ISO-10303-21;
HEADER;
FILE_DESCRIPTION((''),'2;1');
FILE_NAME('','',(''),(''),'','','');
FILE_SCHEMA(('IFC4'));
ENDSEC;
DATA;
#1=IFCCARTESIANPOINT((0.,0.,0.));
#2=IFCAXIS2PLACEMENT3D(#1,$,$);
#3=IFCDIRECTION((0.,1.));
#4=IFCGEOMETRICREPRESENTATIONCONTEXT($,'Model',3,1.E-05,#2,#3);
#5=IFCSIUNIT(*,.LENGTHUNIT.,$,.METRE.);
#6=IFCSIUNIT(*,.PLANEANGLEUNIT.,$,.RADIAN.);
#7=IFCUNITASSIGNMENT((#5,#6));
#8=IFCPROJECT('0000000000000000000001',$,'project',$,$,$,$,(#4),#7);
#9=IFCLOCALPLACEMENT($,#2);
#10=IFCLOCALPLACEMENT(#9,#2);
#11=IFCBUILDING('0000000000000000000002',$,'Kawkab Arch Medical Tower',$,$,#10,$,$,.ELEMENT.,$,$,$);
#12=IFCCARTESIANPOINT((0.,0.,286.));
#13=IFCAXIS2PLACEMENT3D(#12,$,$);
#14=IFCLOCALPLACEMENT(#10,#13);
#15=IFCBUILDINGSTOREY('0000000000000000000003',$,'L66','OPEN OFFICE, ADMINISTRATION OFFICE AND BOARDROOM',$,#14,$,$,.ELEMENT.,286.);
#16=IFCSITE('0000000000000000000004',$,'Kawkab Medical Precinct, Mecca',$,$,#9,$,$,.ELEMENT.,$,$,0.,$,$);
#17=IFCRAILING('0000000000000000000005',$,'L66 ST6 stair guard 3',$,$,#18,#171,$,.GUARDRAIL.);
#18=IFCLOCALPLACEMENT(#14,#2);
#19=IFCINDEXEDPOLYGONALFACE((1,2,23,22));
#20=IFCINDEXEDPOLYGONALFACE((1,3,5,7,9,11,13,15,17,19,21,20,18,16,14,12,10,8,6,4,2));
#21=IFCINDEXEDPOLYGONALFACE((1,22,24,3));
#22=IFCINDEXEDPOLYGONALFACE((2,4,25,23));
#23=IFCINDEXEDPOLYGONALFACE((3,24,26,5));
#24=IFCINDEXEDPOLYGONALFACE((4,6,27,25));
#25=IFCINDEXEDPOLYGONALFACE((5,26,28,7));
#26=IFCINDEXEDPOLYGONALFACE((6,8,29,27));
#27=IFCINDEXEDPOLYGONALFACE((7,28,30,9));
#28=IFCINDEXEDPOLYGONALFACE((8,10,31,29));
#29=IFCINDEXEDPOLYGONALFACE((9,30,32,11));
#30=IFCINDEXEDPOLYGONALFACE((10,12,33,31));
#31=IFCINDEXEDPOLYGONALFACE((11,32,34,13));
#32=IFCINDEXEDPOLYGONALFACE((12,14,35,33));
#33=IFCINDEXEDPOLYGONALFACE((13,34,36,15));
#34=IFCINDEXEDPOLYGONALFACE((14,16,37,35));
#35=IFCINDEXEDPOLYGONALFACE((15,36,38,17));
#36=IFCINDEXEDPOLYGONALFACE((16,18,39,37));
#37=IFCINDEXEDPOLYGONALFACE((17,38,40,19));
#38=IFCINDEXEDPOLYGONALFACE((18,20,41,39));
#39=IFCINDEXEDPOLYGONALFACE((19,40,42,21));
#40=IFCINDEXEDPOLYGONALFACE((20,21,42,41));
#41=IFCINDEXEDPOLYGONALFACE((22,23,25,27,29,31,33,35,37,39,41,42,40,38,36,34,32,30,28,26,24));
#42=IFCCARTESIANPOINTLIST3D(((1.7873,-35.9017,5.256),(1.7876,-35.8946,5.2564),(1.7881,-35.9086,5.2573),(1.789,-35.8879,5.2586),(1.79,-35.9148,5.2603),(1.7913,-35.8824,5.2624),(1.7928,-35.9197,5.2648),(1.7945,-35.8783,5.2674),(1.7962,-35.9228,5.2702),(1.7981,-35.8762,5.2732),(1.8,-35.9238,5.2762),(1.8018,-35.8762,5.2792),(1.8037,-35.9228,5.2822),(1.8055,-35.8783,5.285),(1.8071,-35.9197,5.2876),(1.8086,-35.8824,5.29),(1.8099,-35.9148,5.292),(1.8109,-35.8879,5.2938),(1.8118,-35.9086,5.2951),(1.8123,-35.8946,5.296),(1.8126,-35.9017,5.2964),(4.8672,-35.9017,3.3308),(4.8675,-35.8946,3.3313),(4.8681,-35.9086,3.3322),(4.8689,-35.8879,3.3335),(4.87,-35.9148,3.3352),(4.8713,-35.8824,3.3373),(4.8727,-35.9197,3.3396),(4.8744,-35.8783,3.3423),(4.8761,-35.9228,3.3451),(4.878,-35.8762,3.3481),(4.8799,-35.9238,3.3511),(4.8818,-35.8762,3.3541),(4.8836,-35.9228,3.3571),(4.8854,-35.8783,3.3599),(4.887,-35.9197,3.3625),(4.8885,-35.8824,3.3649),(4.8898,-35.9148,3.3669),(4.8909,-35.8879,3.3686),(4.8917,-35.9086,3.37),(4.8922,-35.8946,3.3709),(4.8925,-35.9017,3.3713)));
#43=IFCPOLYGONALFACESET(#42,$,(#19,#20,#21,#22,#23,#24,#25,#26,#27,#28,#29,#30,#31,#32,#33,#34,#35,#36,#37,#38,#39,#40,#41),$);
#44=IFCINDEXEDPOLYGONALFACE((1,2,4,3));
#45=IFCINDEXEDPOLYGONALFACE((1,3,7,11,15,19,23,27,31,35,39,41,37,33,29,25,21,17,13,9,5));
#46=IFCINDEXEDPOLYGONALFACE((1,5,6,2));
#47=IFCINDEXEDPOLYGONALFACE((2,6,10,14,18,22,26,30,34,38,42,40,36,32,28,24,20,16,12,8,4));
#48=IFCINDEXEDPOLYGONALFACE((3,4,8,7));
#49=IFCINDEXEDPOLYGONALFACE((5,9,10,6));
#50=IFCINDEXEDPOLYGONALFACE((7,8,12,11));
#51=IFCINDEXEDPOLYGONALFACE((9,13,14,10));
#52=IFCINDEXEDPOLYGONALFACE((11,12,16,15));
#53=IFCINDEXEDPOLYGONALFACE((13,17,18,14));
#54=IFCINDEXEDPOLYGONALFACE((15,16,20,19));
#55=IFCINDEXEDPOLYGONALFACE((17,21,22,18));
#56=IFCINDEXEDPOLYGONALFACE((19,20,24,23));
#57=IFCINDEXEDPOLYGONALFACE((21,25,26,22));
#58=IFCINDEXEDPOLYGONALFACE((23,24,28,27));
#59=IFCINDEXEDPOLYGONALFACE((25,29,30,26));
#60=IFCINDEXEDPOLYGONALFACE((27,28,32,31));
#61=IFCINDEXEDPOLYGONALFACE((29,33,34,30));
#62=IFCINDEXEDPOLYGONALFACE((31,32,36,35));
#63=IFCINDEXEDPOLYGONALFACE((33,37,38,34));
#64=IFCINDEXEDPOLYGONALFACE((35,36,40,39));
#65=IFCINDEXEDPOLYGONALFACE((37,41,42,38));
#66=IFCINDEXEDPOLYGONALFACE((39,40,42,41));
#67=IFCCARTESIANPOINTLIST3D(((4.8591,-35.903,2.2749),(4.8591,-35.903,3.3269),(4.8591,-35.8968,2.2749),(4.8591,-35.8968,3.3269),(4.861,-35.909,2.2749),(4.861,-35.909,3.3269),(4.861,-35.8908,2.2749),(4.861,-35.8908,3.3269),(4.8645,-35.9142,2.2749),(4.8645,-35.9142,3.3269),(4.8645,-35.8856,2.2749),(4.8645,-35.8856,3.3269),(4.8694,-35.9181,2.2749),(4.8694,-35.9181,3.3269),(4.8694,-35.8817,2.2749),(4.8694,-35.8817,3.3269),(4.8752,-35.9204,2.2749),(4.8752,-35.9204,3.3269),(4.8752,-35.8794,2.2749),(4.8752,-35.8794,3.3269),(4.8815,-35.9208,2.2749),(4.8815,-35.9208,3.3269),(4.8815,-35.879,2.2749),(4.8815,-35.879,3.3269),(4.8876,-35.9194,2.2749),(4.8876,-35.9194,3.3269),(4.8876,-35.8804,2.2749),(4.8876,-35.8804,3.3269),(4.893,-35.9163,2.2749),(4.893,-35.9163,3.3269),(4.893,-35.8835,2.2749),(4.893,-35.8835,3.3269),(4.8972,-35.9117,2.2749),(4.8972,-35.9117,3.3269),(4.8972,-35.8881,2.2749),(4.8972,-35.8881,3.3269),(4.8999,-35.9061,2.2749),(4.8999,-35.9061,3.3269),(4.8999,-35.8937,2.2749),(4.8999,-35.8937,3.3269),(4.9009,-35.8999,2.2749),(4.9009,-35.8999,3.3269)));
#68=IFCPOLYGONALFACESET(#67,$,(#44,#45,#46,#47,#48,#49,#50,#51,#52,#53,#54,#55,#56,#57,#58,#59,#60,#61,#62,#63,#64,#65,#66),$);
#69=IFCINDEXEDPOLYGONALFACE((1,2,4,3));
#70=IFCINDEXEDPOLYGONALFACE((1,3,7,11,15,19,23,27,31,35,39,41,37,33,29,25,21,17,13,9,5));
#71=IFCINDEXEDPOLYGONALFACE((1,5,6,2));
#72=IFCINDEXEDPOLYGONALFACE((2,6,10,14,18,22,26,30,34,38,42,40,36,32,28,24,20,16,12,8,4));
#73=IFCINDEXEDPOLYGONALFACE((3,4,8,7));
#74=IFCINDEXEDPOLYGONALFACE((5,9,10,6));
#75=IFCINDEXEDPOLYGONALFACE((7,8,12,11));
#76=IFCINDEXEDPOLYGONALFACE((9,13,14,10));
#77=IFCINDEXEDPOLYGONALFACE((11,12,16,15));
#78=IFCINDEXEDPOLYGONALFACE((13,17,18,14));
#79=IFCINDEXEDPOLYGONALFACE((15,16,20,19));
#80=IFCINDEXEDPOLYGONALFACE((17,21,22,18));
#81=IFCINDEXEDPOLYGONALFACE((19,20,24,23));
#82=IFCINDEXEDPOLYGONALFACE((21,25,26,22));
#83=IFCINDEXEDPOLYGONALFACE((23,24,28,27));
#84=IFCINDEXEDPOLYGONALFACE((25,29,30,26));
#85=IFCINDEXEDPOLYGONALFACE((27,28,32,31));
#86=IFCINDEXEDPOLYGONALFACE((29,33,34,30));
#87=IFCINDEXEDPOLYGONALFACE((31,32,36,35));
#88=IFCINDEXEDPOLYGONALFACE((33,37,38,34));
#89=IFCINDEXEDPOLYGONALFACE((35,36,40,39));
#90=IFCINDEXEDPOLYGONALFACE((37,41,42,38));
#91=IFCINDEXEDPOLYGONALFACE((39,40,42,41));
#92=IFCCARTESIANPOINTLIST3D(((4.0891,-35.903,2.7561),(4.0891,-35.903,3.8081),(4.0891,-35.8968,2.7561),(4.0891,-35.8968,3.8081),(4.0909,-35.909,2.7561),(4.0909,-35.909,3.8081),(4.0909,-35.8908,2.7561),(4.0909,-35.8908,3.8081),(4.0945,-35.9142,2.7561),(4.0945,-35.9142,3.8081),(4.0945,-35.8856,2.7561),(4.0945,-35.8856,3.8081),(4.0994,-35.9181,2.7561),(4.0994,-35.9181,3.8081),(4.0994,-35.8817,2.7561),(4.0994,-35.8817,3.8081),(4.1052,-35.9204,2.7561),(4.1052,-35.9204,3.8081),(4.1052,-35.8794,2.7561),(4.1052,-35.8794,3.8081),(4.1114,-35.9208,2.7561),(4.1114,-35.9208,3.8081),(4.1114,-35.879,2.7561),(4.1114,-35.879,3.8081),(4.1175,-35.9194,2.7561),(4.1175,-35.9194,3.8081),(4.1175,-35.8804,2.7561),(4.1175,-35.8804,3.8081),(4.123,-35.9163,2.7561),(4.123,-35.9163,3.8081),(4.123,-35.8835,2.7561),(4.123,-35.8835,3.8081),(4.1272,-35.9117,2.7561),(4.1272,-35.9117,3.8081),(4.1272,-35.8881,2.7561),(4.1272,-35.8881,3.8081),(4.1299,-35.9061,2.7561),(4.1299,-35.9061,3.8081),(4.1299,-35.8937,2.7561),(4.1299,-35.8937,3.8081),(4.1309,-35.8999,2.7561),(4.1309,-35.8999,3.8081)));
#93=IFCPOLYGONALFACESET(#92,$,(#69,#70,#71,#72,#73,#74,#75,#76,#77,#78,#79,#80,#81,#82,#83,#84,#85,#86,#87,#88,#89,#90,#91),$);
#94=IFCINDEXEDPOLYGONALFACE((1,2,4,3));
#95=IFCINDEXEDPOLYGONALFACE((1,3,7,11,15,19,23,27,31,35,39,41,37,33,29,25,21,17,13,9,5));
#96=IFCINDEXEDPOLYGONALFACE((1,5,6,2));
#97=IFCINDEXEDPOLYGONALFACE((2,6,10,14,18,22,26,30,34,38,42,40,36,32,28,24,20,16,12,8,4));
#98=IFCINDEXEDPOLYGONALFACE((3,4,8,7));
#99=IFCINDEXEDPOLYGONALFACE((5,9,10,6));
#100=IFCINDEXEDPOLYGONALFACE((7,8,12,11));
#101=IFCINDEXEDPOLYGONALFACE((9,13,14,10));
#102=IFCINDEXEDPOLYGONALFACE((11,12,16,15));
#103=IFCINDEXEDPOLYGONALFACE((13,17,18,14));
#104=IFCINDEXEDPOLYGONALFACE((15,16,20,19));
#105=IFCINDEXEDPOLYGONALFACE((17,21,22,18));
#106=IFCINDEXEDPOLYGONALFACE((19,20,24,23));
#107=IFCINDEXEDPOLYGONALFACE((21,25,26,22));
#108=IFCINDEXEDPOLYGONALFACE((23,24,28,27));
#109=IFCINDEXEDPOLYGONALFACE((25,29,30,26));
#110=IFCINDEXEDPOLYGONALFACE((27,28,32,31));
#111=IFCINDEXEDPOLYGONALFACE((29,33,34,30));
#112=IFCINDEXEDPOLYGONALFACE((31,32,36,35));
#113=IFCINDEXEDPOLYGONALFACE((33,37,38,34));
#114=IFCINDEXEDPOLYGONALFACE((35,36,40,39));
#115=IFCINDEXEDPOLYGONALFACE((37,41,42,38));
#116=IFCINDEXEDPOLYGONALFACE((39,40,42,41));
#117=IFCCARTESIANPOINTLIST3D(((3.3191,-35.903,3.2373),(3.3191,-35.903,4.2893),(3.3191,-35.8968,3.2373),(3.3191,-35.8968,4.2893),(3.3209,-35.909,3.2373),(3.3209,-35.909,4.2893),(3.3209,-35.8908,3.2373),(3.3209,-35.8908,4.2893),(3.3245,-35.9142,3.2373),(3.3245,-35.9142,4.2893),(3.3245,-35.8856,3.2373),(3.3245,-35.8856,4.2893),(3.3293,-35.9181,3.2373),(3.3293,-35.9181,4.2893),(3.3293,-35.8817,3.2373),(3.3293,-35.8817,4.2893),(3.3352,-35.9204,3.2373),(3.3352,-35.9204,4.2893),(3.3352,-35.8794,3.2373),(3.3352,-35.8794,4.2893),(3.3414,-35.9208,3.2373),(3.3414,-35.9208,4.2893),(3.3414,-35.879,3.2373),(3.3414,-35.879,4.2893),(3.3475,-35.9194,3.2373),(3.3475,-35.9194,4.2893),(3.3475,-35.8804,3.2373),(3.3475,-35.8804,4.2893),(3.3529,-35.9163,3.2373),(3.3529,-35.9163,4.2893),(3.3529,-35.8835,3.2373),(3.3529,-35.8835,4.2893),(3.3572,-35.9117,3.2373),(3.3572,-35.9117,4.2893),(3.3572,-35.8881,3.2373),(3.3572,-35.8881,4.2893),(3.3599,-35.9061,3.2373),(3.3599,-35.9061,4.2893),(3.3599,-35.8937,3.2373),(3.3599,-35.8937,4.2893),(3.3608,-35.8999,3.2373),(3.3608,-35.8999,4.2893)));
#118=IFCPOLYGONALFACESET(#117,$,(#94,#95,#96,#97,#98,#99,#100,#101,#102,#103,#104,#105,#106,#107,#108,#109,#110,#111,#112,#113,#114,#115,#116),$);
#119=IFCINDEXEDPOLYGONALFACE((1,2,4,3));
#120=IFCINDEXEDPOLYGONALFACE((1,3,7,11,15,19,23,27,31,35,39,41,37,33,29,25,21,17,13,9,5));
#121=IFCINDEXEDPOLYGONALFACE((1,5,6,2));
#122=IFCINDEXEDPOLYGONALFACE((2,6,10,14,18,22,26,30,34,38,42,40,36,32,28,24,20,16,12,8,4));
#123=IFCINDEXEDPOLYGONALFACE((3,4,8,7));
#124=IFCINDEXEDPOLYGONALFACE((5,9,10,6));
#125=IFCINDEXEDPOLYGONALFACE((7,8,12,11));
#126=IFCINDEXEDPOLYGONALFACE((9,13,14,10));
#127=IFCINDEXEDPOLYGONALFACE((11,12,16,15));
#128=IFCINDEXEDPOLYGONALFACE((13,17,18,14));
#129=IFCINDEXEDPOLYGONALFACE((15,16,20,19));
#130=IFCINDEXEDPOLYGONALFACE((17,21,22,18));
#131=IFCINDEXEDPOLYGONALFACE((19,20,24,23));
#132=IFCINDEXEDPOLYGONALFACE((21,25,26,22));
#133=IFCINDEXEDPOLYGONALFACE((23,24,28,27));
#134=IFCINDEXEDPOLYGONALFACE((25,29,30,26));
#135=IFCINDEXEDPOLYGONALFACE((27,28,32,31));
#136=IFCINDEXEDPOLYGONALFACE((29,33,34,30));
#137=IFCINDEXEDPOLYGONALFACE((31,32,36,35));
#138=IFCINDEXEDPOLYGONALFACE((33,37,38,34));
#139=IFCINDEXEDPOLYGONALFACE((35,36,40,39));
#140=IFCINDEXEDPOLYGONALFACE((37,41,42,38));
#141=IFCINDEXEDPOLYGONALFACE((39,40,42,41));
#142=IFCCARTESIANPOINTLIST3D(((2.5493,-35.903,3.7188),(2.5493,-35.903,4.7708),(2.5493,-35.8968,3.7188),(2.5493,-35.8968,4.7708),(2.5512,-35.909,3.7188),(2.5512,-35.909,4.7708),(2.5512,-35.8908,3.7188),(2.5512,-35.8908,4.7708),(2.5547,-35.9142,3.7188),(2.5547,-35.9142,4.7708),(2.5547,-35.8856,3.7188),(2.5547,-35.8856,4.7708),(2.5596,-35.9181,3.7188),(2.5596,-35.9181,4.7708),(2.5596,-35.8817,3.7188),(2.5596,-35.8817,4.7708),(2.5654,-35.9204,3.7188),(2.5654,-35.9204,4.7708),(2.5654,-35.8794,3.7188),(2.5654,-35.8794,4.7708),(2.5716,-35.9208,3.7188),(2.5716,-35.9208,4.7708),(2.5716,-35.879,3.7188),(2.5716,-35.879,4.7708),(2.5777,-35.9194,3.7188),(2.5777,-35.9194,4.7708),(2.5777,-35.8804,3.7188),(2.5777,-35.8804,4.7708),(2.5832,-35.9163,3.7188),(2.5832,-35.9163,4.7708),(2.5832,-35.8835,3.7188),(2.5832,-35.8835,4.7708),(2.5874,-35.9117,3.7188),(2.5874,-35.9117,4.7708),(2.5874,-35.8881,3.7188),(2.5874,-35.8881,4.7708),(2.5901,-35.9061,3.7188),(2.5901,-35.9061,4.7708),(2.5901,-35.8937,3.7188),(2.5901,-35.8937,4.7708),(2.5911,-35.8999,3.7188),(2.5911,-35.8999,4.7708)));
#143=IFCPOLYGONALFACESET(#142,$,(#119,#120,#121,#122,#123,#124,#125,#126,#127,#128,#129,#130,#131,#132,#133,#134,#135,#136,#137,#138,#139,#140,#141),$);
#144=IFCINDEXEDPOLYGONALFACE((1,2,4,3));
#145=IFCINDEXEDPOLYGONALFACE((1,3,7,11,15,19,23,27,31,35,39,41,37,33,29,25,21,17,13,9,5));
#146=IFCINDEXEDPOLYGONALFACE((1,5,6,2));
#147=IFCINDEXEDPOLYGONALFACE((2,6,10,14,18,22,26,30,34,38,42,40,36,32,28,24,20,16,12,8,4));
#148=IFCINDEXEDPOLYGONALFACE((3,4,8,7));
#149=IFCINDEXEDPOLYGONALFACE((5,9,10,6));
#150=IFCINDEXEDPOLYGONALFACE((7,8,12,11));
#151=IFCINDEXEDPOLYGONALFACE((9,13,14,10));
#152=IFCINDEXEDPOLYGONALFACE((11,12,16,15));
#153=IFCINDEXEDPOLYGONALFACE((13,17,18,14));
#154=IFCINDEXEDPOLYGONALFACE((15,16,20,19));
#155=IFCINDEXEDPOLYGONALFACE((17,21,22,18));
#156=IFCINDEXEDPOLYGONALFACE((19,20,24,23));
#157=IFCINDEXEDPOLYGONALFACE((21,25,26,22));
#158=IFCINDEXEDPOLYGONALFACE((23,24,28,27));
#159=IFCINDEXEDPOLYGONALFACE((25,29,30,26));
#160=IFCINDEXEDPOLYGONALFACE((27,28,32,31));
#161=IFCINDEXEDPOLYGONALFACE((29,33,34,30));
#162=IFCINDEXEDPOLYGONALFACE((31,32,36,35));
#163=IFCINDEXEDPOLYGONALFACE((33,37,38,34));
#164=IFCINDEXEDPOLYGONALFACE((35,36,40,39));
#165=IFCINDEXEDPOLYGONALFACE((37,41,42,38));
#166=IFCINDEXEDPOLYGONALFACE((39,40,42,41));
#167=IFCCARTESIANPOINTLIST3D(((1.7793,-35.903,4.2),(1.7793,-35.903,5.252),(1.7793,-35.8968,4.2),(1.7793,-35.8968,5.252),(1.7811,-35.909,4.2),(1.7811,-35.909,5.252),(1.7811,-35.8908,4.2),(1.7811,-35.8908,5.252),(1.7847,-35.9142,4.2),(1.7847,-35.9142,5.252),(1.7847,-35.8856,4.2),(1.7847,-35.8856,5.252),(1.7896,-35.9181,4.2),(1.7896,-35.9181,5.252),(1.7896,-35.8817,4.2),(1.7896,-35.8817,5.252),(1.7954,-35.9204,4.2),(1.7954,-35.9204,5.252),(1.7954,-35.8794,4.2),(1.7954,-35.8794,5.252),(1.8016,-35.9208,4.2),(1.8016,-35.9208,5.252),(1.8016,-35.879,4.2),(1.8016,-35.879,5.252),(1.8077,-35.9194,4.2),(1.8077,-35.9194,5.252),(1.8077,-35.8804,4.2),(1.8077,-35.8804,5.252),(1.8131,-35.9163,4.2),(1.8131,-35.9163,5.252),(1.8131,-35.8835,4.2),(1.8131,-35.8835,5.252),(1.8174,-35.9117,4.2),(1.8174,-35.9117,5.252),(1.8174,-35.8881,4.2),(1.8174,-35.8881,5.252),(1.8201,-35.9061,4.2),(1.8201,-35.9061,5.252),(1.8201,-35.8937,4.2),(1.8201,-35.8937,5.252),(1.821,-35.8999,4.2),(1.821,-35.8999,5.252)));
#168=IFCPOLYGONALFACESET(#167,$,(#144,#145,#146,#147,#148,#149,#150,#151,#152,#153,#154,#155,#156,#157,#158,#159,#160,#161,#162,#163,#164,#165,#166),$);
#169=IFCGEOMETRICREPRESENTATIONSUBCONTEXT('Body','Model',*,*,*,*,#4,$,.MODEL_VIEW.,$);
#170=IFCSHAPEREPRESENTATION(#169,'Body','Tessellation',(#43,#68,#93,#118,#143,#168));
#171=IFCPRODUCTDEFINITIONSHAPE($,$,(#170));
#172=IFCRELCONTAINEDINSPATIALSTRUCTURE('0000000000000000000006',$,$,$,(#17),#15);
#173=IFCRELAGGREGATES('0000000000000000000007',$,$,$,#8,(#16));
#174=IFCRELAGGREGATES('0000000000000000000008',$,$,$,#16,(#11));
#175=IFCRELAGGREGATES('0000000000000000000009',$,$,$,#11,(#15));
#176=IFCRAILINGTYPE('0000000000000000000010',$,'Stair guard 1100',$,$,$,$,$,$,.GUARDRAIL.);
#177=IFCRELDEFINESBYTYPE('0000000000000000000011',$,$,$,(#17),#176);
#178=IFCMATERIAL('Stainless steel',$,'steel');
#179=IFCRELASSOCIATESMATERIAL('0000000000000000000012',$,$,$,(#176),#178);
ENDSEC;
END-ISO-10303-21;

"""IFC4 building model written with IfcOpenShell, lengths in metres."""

from ifc_helpers import new_model, si_unit, direction, frame, origin, origin_2d, place, context, subcontext, project, spatial, circle, extrude, material, type_object, element, save


model = new_model("IFC4")

# Units and contexts
model_context = context("Model", 3, precision=1e-05, world=origin(), true_north=direction((0.0, 1.0)))
body_context = subcontext(model_context, "Body", "Model", "MODEL_VIEW")
ifc_project = project(units=[si_unit("LENGTHUNIT", "METRE"), si_unit("PLANEANGLEUNIT", "RADIAN")], contexts=[model_context])

# Site, building, storey
site_placement = place(None, origin())
site = spatial("IfcSite", under=ifc_project, at=site_placement, Name="Kawkab Medical Precinct, Mecca", CompositionType="ELEMENT", RefElevation=0.0)
building_placement = place(site_placement, origin())
building = spatial("IfcBuilding", under=site, at=building_placement, Name="Kawkab Arch Medical Tower", CompositionType="ELEMENT")
storey_placement = place(building_placement, frame((0.0, 0.0, 286.0)))
storey = spatial("IfcBuildingStorey", under=building, at=storey_placement, Name="L66", Description="OPEN OFFICE, ADMINISTRATION OFFICE AND BOARDROOM", CompositionType="ELEMENT", Elevation=286.0)

# Railing
ifc_material_1 = material(Name="Stainless steel", Category="steel")
railing_type = type_object("IfcRailingType", Name="Stair guard 1100", PredefinedType="GUARDRAIL", material=ifc_material_1)
railing_1_placement = place(storey_placement, frame((4.8799, -35.8999, 2.2749)))
element("IfcRailing", 1, at=railing_1_placement, inside=storey, type_object=railing_type, Name="L66 ST6 stair guard 3", PredefinedType="GUARDRAIL", context=body_context, shape_type="SweptSolid", body=[
    extrude(circle(Radius=0.0239, at=origin_2d()), frame((0.0, 0.0, 1.0762), z_axis=(-0.847979, 0.0, 0.530029), x_axis=(0.0, -1.0, 0.0)), (0.0, 0.0, 1.0), 3.6321),
    extrude(circle(Radius=0.021, at=origin_2d()), origin(), (0.0, 0.0, 1.0), 1.052),
    extrude(circle(Radius=0.021, at=origin_2d()), frame((-0.77, 0.0, 0.4812)), (0.0, 0.0, 1.0), 1.052),
    extrude(circle(Radius=0.021, at=origin_2d()), frame((-1.54, 0.0, 0.9624)), (0.0, 0.0, 1.0), 1.052),
    extrude(circle(Radius=0.021, at=origin_2d()), frame((-2.3098, 0.0, 1.4438)), (0.0, 0.0, 1.0), 1.052),
    extrude(circle(Radius=0.021, at=origin_2d()), frame((-3.0798, 0.0, 1.925)), (0.0, 0.0, 1.0), 1.052),
])

save(model, "model.ifc")
